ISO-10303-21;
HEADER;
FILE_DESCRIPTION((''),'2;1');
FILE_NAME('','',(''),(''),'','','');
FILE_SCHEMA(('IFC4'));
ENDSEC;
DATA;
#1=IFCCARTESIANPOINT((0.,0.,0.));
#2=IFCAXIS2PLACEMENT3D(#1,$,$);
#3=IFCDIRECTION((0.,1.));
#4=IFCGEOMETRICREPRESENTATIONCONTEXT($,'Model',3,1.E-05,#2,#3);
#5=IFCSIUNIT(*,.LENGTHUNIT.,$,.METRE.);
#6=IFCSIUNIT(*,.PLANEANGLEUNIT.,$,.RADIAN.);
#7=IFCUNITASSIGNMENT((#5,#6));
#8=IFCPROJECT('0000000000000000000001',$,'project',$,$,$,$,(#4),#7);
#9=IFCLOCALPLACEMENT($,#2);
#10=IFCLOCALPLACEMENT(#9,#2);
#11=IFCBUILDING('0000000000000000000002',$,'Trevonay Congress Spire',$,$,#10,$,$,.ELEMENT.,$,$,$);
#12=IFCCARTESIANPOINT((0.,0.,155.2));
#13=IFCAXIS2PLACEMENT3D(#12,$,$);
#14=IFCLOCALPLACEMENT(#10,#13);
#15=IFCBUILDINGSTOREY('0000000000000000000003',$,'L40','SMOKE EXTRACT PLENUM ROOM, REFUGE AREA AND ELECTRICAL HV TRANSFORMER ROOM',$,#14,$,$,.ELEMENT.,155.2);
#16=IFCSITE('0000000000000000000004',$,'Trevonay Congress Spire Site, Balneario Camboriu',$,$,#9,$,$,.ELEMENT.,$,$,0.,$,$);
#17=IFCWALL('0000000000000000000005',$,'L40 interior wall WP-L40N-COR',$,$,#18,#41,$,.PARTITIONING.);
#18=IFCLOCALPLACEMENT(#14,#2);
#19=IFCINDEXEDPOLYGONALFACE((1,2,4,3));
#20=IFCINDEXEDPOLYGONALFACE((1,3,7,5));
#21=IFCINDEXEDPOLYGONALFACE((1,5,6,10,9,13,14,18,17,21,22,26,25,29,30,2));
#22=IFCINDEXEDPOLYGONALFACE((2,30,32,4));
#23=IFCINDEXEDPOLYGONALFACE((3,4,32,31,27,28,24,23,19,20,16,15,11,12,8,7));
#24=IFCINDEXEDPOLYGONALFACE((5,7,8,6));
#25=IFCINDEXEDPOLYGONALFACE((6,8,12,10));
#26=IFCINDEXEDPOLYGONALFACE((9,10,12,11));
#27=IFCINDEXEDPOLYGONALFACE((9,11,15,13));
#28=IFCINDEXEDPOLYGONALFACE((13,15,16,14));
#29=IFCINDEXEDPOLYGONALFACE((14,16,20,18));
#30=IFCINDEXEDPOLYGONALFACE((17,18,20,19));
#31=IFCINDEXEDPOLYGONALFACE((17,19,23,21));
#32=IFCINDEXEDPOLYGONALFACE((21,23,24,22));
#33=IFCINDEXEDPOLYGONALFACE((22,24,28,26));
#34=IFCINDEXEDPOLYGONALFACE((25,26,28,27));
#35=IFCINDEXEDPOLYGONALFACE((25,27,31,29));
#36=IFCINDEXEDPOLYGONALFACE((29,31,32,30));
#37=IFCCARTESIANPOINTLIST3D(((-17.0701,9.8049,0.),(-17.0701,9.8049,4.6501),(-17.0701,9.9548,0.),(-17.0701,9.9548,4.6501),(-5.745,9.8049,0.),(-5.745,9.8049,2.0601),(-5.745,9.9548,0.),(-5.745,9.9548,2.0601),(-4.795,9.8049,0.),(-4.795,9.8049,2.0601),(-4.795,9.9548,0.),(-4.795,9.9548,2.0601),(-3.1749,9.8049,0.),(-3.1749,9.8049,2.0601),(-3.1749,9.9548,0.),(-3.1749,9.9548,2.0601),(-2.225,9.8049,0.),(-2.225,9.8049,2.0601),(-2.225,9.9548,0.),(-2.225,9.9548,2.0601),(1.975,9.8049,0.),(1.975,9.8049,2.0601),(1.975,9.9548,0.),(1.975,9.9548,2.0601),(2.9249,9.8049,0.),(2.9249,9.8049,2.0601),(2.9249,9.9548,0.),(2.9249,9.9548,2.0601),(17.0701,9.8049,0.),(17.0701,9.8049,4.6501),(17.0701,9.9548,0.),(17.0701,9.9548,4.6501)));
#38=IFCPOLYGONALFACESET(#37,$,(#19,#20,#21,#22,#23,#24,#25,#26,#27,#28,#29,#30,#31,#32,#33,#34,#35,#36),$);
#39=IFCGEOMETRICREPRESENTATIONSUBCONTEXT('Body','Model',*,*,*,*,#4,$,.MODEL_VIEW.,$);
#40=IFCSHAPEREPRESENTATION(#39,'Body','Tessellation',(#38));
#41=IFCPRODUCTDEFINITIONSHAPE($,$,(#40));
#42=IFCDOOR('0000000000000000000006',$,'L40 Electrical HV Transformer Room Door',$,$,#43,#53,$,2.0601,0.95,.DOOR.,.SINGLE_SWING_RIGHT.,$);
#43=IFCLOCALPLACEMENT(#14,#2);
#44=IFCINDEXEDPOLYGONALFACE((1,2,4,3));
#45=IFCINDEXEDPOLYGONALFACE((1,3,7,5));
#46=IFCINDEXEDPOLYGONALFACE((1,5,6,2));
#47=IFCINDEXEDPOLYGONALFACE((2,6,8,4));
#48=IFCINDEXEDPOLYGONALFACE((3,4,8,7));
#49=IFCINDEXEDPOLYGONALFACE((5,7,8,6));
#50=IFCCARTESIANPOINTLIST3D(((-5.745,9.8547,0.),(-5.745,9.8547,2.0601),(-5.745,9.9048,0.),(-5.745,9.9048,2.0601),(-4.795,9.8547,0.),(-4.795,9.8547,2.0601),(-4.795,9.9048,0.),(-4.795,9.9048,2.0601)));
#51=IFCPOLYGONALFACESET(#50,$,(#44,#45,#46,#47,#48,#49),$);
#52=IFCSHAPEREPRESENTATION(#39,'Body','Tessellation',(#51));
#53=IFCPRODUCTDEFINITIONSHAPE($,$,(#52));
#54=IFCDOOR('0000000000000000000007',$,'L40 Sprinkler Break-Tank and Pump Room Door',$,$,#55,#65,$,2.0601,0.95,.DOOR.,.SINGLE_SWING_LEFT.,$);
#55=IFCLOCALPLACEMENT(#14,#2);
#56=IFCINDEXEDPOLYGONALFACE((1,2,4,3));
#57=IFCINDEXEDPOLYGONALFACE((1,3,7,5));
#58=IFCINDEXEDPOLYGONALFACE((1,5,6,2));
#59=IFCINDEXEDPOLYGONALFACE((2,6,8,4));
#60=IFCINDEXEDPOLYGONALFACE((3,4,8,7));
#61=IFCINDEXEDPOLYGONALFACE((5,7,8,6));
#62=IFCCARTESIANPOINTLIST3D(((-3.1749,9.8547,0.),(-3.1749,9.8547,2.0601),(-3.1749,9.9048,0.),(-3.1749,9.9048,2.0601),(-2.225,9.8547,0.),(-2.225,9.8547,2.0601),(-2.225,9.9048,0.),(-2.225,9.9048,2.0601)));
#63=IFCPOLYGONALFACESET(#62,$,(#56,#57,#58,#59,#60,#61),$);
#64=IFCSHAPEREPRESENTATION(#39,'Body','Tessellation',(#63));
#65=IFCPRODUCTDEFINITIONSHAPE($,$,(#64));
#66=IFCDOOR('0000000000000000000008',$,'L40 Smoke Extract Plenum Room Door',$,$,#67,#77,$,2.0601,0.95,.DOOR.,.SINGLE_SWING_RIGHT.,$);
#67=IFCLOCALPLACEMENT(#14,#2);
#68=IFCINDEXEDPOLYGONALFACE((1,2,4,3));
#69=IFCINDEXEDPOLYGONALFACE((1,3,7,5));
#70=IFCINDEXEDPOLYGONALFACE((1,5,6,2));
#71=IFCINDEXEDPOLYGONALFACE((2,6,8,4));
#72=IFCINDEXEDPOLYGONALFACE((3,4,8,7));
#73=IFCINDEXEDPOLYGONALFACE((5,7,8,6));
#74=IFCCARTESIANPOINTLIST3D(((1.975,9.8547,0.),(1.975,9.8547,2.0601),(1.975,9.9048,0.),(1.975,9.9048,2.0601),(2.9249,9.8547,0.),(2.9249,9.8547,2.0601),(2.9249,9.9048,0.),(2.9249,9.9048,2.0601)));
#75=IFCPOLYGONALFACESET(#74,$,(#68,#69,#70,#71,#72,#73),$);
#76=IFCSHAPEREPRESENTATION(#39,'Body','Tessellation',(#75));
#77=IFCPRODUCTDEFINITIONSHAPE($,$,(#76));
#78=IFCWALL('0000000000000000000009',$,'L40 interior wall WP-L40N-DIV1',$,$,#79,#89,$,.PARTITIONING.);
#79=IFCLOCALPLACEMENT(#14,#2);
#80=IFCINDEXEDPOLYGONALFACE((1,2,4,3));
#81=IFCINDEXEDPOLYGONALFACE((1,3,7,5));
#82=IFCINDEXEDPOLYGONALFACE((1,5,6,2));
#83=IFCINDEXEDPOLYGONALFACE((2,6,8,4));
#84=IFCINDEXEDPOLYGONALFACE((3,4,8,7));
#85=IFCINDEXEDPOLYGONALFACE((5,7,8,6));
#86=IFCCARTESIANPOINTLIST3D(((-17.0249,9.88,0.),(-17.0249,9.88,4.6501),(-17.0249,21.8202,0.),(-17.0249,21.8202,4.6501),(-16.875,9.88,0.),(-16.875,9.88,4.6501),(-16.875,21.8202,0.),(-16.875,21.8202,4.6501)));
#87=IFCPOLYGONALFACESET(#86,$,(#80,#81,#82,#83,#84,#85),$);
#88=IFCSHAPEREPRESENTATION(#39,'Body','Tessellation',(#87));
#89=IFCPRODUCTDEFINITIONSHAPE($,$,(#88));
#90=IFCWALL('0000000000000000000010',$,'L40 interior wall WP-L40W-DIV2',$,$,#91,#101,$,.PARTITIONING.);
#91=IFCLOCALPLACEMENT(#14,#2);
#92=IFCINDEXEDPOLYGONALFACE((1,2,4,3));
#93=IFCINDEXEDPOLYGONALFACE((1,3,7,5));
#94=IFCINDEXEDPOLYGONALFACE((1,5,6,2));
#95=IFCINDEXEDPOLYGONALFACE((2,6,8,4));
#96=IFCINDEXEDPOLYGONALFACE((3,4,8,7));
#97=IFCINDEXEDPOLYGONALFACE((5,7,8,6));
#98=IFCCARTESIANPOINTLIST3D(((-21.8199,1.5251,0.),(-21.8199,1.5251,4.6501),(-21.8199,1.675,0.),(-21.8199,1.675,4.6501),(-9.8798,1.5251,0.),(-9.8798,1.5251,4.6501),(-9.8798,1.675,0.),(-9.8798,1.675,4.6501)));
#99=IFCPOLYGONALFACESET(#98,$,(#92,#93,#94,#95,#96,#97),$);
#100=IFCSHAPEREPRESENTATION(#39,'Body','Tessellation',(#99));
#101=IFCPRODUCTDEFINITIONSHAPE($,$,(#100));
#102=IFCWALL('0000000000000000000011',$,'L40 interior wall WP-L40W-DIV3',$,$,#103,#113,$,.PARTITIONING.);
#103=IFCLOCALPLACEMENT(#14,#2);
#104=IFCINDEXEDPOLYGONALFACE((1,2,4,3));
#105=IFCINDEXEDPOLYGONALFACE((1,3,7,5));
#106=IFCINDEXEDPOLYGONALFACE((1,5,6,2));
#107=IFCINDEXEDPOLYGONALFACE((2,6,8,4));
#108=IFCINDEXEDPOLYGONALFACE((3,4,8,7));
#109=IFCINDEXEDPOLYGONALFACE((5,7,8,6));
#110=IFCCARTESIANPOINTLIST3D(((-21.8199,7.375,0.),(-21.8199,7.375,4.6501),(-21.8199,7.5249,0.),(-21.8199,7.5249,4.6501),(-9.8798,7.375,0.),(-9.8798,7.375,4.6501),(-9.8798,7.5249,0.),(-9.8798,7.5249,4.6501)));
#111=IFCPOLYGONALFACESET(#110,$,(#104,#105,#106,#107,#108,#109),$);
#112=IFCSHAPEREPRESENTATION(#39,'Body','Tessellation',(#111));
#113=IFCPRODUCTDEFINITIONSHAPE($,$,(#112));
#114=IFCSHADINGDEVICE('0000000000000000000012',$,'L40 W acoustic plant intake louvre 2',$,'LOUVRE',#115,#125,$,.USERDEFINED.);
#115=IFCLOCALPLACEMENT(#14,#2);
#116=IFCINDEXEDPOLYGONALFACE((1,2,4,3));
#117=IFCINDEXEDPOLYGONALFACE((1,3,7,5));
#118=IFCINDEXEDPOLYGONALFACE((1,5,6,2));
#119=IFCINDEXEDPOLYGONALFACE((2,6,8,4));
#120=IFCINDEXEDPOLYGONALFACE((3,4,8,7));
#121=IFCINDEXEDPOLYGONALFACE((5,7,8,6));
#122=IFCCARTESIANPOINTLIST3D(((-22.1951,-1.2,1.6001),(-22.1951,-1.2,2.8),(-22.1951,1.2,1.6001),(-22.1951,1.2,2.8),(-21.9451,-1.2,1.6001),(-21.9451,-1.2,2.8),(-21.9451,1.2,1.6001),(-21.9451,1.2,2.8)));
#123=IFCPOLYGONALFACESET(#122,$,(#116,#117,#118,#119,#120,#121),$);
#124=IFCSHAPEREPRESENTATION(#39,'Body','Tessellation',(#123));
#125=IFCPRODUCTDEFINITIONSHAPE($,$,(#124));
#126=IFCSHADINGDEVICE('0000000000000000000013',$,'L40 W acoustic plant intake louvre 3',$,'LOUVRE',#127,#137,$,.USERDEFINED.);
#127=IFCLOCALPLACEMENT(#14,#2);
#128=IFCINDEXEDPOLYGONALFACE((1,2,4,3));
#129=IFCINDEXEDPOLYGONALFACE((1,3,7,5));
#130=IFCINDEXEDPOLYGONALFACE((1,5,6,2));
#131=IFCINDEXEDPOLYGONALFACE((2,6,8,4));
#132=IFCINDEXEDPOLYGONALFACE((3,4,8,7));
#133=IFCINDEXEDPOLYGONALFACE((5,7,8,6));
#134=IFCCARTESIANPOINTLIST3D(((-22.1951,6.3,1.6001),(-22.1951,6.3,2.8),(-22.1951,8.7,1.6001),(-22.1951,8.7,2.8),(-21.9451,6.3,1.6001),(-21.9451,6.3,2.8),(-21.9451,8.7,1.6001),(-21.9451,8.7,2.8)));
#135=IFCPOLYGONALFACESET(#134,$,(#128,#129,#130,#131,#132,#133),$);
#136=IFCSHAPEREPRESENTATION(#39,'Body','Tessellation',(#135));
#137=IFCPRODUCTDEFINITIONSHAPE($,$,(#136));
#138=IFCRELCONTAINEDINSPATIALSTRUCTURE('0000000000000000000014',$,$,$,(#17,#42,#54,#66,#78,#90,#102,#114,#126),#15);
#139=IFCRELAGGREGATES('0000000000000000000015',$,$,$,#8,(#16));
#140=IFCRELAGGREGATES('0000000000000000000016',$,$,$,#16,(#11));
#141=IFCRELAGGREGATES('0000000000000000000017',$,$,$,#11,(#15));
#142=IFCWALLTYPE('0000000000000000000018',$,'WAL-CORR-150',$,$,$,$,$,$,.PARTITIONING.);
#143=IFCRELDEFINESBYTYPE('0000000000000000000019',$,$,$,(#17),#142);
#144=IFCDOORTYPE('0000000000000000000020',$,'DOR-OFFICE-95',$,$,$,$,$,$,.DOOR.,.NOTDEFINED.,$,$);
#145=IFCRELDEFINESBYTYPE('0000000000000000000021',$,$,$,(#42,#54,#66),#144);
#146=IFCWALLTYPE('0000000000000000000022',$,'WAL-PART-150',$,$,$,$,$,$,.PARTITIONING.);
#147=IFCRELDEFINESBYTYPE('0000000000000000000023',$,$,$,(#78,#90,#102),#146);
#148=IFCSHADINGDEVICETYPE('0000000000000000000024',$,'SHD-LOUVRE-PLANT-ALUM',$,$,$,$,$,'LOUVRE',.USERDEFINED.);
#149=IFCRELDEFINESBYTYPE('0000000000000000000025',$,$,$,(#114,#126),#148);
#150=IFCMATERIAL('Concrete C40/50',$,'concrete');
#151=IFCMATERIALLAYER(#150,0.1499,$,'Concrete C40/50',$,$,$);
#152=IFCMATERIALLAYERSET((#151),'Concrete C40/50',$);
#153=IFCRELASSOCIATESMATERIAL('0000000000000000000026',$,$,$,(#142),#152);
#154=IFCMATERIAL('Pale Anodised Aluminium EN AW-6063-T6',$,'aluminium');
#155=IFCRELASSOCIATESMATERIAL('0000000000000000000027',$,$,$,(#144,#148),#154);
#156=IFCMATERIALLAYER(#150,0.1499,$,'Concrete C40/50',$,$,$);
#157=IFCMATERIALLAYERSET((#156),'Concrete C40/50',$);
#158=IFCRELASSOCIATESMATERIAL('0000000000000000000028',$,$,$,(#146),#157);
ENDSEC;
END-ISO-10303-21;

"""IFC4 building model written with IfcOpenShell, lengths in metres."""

from ifc_helpers import new_model, si_unit, direction, frame, frame_2d, origin, origin_2d, place, context, subcontext, project, spatial, rectangle, extrude, material, layer, layer_set, type_object, element, fill, save


model = new_model("IFC4")

# Units and contexts
model_context = context("Model", 3, precision=1e-05, world=origin(), true_north=direction((0.0, 1.0)))
body_context = subcontext(model_context, "Body", "Model", "MODEL_VIEW")
ifc_project = project(units=[si_unit("LENGTHUNIT", "METRE"), si_unit("PLANEANGLEUNIT", "RADIAN")], contexts=[model_context])

# Site, building, storey
site_placement = place(None, origin())
site = spatial("IfcSite", under=ifc_project, at=site_placement, Name="Trevonay Congress Spire Site, Balneario Camboriu", CompositionType="ELEMENT", RefElevation=0.0)
building_placement = place(site_placement, origin())
building = spatial("IfcBuilding", under=site, at=building_placement, Name="Trevonay Congress Spire", CompositionType="ELEMENT")
storey_placement = place(building_placement, frame((0.0, 0.0, 155.2)))
storey = spatial("IfcBuildingStorey", under=building, at=storey_placement, Name="L40", Description="SMOKE EXTRACT PLENUM ROOM, REFUGE AREA AND ELECTRICAL HV TRANSFORMER ROOM", CompositionType="ELEMENT", Elevation=155.2)

# Wall, openings, doors
ifc_material_1 = material(Name="Concrete C40/50", Category="concrete")
ifc_layer_1 = layer(ifc_material_1, 0.1499, Name="Concrete C40/50")
ifc_layer_set_1 = layer_set([ifc_layer_1], Name="Concrete C40/50")
wall_type_1 = type_object("IfcWallType", Name="WAL-CORR-150", PredefinedType="PARTITIONING", material=ifc_layer_set_1)
wall_placement = place(storey_placement, frame((-17.0701, 9.8799, 0.0), z_axis=(0.0, 0.0, 1.0), x_axis=(1.0, 0.0, 0.0)))
wall = element("IfcWall", 1, at=wall_placement, inside=storey, type_object=wall_type_1, Name="L40 interior wall WP-L40N-COR", PredefinedType="PARTITIONING", context=body_context, shape_type="SweptSolid", body=[
    extrude(rectangle(XDim=34.1401, YDim=0.1499, at=frame_2d((17.0701, 0.0))), origin(), (0.0, 0.0, 1.0), 4.6501),
])
opening_1_placement = place(wall_placement, frame((11.325, 0.0, 0.0)))
opening_1 = element("IfcOpeningElement", 2, at=opening_1_placement, cuts=wall, PredefinedType="OPENING", context=body_context, shape_type="SweptSolid", body=[
    extrude(rectangle(XDim=0.95, YDim=2.0601, at=frame_2d((0.4751, 1.03))), frame((0.0, 0.085, 0.0), z_axis=(0.0, -1.0, 0.0), x_axis=(1.0, 0.0, 0.0)), (0.0, 0.0, 1.0), 0.1699),
])
opening_2_placement = place(wall_placement, frame((13.895, 0.0, 0.0)))
opening_2 = element("IfcOpeningElement", 3, at=opening_2_placement, cuts=wall, PredefinedType="OPENING", context=body_context, shape_type="SweptSolid", body=[
    extrude(rectangle(XDim=0.95, YDim=2.0601, at=frame_2d((0.4751, 1.03))), frame((0.0, 0.085, 0.0), z_axis=(0.0, -1.0, 0.0), x_axis=(1.0, 0.0, 0.0)), (0.0, 0.0, 1.0), 0.1699),
])
opening_3_placement = place(wall_placement, frame((19.0449, 0.0, 0.0)))
opening_3 = element("IfcOpeningElement", 4, at=opening_3_placement, cuts=wall, PredefinedType="OPENING", context=body_context, shape_type="SweptSolid", body=[
    extrude(rectangle(XDim=0.95, YDim=2.0601, at=frame_2d((0.4751, 1.03))), frame((0.0, 0.085, 0.0), z_axis=(0.0, -1.0, 0.0), x_axis=(1.0, 0.0, 0.0)), (0.0, 0.0, 1.0), 0.1699),
])
ifc_material_2 = material(Name="Pale Anodised Aluminium EN AW-6063-T6", Category="aluminium")
door_type = type_object("IfcDoorType", Name="DOR-OFFICE-95", OperationType="NOTDEFINED", PredefinedType="DOOR", material=ifc_material_2)
door_1_placement = place(opening_1_placement, origin())
door_1 = element("IfcDoor", 5, at=door_1_placement, inside=storey, type_object=door_type, Name="L40 Electrical HV Transformer Room Door", OperationType="SINGLE_SWING_RIGHT", OverallHeight=2.0601, OverallWidth=0.95, PredefinedType="DOOR", context=body_context, shape_type="SweptSolid", body=[
    extrude(rectangle(XDim=0.95, YDim=2.0601, at=frame_2d((0.4751, 1.03))), frame((0.0, 0.0249, 0.0), z_axis=(0.0, -1.0, 0.0), x_axis=(1.0, 0.0, 0.0)), (0.0, 0.0, 1.0), 0.05),
])
fill(opening_1, door_1)
door_2_placement = place(opening_2_placement, origin())
door_2 = element("IfcDoor", 6, at=door_2_placement, inside=storey, type_object=door_type, Name="L40 Sprinkler Break-Tank and Pump Room Door", OperationType="SINGLE_SWING_LEFT", OverallHeight=2.0601, OverallWidth=0.95, PredefinedType="DOOR", context=body_context, shape_type="SweptSolid", body=[
    extrude(rectangle(XDim=0.95, YDim=2.0601, at=frame_2d((0.4751, 1.03))), frame((0.0, 0.0249, 0.0), z_axis=(0.0, -1.0, 0.0), x_axis=(1.0, 0.0, 0.0)), (0.0, 0.0, 1.0), 0.05),
])
fill(opening_2, door_2)
door_3_placement = place(opening_3_placement, origin())
door_3 = element("IfcDoor", 7, at=door_3_placement, inside=storey, type_object=door_type, Name="L40 Smoke Extract Plenum Room Door", OperationType="SINGLE_SWING_RIGHT", OverallHeight=2.0601, OverallWidth=0.95, PredefinedType="DOOR", context=body_context, shape_type="SweptSolid", body=[
    extrude(rectangle(XDim=0.95, YDim=2.0601, at=frame_2d((0.4751, 1.03))), frame((0.0, 0.0249, 0.0), z_axis=(0.0, -1.0, 0.0), x_axis=(1.0, 0.0, 0.0)), (0.0, 0.0, 1.0), 0.05),
])
fill(opening_3, door_3)

# Walls
ifc_layer_2 = layer(ifc_material_1, 0.1499, Name="Concrete C40/50")
ifc_layer_set_2 = layer_set([ifc_layer_2], Name="Concrete C40/50")
wall_type_2 = type_object("IfcWallType", Name="WAL-PART-150", PredefinedType="PARTITIONING", material=ifc_layer_set_2)
for number, where, z_axis, x_axis, name in (
    (8, (-16.95, 9.8799, 0.0), (0.0, 0.0, 1.0), (0.0, 1.0, 0.0), "L40 interior wall WP-L40N-DIV1"),
    (9, (-21.8201, 1.6001, 0.0), (0.0, 0.0, 1.0), (1.0, 0.0, 0.0), "L40 interior wall WP-L40W-DIV2"),
    (10, (-21.8201, 7.45, 0.0), (0.0, 0.0, 1.0), (1.0, 0.0, 0.0), "L40 interior wall WP-L40W-DIV3"),
):
    element("IfcWall", number, at=place(storey_placement, frame(where, z_axis=z_axis, x_axis=x_axis)), inside=storey, type_object=wall_type_2, Name=name, PredefinedType="PARTITIONING", context=body_context, shape_type="SweptSolid", body=[
        extrude(rectangle(XDim=11.9402, YDim=0.1499, at=frame_2d((5.9702, 0.0))), origin(), (0.0, 0.0, 1.0), 4.6501),
    ])

# Shading devices
shading_device_type = type_object("IfcShadingDeviceType", Name="SHD-LOUVRE-PLANT-ALUM", ElementType="LOUVRE", PredefinedType="USERDEFINED", material=ifc_material_2)
for number, where, z_axis, x_axis, name in (
    (11, (-22.0701, 0.0, 1.6001), (0.0, 0.0, 1.0), (0.0, 1.0, 0.0), "L40 W acoustic plant intake louvre 2"),
    (12, (-22.0701, 7.5, 1.6001), (0.0, 0.0, 1.0), (0.0, 1.0, 0.0), "L40 W acoustic plant intake louvre 3"),
):
    element("IfcShadingDevice", number, at=place(storey_placement, frame(where, z_axis=z_axis, x_axis=x_axis)), inside=storey, type_object=shading_device_type, Name=name, ObjectType="LOUVRE", PredefinedType="USERDEFINED", context=body_context, shape_type="SweptSolid", body=[
        extrude(rectangle(XDim=2.3999, YDim=0.25, at=origin_2d()), origin(), (0.0, 0.0, 1.0), 1.2),
    ])

save(model, "model.ifc")
